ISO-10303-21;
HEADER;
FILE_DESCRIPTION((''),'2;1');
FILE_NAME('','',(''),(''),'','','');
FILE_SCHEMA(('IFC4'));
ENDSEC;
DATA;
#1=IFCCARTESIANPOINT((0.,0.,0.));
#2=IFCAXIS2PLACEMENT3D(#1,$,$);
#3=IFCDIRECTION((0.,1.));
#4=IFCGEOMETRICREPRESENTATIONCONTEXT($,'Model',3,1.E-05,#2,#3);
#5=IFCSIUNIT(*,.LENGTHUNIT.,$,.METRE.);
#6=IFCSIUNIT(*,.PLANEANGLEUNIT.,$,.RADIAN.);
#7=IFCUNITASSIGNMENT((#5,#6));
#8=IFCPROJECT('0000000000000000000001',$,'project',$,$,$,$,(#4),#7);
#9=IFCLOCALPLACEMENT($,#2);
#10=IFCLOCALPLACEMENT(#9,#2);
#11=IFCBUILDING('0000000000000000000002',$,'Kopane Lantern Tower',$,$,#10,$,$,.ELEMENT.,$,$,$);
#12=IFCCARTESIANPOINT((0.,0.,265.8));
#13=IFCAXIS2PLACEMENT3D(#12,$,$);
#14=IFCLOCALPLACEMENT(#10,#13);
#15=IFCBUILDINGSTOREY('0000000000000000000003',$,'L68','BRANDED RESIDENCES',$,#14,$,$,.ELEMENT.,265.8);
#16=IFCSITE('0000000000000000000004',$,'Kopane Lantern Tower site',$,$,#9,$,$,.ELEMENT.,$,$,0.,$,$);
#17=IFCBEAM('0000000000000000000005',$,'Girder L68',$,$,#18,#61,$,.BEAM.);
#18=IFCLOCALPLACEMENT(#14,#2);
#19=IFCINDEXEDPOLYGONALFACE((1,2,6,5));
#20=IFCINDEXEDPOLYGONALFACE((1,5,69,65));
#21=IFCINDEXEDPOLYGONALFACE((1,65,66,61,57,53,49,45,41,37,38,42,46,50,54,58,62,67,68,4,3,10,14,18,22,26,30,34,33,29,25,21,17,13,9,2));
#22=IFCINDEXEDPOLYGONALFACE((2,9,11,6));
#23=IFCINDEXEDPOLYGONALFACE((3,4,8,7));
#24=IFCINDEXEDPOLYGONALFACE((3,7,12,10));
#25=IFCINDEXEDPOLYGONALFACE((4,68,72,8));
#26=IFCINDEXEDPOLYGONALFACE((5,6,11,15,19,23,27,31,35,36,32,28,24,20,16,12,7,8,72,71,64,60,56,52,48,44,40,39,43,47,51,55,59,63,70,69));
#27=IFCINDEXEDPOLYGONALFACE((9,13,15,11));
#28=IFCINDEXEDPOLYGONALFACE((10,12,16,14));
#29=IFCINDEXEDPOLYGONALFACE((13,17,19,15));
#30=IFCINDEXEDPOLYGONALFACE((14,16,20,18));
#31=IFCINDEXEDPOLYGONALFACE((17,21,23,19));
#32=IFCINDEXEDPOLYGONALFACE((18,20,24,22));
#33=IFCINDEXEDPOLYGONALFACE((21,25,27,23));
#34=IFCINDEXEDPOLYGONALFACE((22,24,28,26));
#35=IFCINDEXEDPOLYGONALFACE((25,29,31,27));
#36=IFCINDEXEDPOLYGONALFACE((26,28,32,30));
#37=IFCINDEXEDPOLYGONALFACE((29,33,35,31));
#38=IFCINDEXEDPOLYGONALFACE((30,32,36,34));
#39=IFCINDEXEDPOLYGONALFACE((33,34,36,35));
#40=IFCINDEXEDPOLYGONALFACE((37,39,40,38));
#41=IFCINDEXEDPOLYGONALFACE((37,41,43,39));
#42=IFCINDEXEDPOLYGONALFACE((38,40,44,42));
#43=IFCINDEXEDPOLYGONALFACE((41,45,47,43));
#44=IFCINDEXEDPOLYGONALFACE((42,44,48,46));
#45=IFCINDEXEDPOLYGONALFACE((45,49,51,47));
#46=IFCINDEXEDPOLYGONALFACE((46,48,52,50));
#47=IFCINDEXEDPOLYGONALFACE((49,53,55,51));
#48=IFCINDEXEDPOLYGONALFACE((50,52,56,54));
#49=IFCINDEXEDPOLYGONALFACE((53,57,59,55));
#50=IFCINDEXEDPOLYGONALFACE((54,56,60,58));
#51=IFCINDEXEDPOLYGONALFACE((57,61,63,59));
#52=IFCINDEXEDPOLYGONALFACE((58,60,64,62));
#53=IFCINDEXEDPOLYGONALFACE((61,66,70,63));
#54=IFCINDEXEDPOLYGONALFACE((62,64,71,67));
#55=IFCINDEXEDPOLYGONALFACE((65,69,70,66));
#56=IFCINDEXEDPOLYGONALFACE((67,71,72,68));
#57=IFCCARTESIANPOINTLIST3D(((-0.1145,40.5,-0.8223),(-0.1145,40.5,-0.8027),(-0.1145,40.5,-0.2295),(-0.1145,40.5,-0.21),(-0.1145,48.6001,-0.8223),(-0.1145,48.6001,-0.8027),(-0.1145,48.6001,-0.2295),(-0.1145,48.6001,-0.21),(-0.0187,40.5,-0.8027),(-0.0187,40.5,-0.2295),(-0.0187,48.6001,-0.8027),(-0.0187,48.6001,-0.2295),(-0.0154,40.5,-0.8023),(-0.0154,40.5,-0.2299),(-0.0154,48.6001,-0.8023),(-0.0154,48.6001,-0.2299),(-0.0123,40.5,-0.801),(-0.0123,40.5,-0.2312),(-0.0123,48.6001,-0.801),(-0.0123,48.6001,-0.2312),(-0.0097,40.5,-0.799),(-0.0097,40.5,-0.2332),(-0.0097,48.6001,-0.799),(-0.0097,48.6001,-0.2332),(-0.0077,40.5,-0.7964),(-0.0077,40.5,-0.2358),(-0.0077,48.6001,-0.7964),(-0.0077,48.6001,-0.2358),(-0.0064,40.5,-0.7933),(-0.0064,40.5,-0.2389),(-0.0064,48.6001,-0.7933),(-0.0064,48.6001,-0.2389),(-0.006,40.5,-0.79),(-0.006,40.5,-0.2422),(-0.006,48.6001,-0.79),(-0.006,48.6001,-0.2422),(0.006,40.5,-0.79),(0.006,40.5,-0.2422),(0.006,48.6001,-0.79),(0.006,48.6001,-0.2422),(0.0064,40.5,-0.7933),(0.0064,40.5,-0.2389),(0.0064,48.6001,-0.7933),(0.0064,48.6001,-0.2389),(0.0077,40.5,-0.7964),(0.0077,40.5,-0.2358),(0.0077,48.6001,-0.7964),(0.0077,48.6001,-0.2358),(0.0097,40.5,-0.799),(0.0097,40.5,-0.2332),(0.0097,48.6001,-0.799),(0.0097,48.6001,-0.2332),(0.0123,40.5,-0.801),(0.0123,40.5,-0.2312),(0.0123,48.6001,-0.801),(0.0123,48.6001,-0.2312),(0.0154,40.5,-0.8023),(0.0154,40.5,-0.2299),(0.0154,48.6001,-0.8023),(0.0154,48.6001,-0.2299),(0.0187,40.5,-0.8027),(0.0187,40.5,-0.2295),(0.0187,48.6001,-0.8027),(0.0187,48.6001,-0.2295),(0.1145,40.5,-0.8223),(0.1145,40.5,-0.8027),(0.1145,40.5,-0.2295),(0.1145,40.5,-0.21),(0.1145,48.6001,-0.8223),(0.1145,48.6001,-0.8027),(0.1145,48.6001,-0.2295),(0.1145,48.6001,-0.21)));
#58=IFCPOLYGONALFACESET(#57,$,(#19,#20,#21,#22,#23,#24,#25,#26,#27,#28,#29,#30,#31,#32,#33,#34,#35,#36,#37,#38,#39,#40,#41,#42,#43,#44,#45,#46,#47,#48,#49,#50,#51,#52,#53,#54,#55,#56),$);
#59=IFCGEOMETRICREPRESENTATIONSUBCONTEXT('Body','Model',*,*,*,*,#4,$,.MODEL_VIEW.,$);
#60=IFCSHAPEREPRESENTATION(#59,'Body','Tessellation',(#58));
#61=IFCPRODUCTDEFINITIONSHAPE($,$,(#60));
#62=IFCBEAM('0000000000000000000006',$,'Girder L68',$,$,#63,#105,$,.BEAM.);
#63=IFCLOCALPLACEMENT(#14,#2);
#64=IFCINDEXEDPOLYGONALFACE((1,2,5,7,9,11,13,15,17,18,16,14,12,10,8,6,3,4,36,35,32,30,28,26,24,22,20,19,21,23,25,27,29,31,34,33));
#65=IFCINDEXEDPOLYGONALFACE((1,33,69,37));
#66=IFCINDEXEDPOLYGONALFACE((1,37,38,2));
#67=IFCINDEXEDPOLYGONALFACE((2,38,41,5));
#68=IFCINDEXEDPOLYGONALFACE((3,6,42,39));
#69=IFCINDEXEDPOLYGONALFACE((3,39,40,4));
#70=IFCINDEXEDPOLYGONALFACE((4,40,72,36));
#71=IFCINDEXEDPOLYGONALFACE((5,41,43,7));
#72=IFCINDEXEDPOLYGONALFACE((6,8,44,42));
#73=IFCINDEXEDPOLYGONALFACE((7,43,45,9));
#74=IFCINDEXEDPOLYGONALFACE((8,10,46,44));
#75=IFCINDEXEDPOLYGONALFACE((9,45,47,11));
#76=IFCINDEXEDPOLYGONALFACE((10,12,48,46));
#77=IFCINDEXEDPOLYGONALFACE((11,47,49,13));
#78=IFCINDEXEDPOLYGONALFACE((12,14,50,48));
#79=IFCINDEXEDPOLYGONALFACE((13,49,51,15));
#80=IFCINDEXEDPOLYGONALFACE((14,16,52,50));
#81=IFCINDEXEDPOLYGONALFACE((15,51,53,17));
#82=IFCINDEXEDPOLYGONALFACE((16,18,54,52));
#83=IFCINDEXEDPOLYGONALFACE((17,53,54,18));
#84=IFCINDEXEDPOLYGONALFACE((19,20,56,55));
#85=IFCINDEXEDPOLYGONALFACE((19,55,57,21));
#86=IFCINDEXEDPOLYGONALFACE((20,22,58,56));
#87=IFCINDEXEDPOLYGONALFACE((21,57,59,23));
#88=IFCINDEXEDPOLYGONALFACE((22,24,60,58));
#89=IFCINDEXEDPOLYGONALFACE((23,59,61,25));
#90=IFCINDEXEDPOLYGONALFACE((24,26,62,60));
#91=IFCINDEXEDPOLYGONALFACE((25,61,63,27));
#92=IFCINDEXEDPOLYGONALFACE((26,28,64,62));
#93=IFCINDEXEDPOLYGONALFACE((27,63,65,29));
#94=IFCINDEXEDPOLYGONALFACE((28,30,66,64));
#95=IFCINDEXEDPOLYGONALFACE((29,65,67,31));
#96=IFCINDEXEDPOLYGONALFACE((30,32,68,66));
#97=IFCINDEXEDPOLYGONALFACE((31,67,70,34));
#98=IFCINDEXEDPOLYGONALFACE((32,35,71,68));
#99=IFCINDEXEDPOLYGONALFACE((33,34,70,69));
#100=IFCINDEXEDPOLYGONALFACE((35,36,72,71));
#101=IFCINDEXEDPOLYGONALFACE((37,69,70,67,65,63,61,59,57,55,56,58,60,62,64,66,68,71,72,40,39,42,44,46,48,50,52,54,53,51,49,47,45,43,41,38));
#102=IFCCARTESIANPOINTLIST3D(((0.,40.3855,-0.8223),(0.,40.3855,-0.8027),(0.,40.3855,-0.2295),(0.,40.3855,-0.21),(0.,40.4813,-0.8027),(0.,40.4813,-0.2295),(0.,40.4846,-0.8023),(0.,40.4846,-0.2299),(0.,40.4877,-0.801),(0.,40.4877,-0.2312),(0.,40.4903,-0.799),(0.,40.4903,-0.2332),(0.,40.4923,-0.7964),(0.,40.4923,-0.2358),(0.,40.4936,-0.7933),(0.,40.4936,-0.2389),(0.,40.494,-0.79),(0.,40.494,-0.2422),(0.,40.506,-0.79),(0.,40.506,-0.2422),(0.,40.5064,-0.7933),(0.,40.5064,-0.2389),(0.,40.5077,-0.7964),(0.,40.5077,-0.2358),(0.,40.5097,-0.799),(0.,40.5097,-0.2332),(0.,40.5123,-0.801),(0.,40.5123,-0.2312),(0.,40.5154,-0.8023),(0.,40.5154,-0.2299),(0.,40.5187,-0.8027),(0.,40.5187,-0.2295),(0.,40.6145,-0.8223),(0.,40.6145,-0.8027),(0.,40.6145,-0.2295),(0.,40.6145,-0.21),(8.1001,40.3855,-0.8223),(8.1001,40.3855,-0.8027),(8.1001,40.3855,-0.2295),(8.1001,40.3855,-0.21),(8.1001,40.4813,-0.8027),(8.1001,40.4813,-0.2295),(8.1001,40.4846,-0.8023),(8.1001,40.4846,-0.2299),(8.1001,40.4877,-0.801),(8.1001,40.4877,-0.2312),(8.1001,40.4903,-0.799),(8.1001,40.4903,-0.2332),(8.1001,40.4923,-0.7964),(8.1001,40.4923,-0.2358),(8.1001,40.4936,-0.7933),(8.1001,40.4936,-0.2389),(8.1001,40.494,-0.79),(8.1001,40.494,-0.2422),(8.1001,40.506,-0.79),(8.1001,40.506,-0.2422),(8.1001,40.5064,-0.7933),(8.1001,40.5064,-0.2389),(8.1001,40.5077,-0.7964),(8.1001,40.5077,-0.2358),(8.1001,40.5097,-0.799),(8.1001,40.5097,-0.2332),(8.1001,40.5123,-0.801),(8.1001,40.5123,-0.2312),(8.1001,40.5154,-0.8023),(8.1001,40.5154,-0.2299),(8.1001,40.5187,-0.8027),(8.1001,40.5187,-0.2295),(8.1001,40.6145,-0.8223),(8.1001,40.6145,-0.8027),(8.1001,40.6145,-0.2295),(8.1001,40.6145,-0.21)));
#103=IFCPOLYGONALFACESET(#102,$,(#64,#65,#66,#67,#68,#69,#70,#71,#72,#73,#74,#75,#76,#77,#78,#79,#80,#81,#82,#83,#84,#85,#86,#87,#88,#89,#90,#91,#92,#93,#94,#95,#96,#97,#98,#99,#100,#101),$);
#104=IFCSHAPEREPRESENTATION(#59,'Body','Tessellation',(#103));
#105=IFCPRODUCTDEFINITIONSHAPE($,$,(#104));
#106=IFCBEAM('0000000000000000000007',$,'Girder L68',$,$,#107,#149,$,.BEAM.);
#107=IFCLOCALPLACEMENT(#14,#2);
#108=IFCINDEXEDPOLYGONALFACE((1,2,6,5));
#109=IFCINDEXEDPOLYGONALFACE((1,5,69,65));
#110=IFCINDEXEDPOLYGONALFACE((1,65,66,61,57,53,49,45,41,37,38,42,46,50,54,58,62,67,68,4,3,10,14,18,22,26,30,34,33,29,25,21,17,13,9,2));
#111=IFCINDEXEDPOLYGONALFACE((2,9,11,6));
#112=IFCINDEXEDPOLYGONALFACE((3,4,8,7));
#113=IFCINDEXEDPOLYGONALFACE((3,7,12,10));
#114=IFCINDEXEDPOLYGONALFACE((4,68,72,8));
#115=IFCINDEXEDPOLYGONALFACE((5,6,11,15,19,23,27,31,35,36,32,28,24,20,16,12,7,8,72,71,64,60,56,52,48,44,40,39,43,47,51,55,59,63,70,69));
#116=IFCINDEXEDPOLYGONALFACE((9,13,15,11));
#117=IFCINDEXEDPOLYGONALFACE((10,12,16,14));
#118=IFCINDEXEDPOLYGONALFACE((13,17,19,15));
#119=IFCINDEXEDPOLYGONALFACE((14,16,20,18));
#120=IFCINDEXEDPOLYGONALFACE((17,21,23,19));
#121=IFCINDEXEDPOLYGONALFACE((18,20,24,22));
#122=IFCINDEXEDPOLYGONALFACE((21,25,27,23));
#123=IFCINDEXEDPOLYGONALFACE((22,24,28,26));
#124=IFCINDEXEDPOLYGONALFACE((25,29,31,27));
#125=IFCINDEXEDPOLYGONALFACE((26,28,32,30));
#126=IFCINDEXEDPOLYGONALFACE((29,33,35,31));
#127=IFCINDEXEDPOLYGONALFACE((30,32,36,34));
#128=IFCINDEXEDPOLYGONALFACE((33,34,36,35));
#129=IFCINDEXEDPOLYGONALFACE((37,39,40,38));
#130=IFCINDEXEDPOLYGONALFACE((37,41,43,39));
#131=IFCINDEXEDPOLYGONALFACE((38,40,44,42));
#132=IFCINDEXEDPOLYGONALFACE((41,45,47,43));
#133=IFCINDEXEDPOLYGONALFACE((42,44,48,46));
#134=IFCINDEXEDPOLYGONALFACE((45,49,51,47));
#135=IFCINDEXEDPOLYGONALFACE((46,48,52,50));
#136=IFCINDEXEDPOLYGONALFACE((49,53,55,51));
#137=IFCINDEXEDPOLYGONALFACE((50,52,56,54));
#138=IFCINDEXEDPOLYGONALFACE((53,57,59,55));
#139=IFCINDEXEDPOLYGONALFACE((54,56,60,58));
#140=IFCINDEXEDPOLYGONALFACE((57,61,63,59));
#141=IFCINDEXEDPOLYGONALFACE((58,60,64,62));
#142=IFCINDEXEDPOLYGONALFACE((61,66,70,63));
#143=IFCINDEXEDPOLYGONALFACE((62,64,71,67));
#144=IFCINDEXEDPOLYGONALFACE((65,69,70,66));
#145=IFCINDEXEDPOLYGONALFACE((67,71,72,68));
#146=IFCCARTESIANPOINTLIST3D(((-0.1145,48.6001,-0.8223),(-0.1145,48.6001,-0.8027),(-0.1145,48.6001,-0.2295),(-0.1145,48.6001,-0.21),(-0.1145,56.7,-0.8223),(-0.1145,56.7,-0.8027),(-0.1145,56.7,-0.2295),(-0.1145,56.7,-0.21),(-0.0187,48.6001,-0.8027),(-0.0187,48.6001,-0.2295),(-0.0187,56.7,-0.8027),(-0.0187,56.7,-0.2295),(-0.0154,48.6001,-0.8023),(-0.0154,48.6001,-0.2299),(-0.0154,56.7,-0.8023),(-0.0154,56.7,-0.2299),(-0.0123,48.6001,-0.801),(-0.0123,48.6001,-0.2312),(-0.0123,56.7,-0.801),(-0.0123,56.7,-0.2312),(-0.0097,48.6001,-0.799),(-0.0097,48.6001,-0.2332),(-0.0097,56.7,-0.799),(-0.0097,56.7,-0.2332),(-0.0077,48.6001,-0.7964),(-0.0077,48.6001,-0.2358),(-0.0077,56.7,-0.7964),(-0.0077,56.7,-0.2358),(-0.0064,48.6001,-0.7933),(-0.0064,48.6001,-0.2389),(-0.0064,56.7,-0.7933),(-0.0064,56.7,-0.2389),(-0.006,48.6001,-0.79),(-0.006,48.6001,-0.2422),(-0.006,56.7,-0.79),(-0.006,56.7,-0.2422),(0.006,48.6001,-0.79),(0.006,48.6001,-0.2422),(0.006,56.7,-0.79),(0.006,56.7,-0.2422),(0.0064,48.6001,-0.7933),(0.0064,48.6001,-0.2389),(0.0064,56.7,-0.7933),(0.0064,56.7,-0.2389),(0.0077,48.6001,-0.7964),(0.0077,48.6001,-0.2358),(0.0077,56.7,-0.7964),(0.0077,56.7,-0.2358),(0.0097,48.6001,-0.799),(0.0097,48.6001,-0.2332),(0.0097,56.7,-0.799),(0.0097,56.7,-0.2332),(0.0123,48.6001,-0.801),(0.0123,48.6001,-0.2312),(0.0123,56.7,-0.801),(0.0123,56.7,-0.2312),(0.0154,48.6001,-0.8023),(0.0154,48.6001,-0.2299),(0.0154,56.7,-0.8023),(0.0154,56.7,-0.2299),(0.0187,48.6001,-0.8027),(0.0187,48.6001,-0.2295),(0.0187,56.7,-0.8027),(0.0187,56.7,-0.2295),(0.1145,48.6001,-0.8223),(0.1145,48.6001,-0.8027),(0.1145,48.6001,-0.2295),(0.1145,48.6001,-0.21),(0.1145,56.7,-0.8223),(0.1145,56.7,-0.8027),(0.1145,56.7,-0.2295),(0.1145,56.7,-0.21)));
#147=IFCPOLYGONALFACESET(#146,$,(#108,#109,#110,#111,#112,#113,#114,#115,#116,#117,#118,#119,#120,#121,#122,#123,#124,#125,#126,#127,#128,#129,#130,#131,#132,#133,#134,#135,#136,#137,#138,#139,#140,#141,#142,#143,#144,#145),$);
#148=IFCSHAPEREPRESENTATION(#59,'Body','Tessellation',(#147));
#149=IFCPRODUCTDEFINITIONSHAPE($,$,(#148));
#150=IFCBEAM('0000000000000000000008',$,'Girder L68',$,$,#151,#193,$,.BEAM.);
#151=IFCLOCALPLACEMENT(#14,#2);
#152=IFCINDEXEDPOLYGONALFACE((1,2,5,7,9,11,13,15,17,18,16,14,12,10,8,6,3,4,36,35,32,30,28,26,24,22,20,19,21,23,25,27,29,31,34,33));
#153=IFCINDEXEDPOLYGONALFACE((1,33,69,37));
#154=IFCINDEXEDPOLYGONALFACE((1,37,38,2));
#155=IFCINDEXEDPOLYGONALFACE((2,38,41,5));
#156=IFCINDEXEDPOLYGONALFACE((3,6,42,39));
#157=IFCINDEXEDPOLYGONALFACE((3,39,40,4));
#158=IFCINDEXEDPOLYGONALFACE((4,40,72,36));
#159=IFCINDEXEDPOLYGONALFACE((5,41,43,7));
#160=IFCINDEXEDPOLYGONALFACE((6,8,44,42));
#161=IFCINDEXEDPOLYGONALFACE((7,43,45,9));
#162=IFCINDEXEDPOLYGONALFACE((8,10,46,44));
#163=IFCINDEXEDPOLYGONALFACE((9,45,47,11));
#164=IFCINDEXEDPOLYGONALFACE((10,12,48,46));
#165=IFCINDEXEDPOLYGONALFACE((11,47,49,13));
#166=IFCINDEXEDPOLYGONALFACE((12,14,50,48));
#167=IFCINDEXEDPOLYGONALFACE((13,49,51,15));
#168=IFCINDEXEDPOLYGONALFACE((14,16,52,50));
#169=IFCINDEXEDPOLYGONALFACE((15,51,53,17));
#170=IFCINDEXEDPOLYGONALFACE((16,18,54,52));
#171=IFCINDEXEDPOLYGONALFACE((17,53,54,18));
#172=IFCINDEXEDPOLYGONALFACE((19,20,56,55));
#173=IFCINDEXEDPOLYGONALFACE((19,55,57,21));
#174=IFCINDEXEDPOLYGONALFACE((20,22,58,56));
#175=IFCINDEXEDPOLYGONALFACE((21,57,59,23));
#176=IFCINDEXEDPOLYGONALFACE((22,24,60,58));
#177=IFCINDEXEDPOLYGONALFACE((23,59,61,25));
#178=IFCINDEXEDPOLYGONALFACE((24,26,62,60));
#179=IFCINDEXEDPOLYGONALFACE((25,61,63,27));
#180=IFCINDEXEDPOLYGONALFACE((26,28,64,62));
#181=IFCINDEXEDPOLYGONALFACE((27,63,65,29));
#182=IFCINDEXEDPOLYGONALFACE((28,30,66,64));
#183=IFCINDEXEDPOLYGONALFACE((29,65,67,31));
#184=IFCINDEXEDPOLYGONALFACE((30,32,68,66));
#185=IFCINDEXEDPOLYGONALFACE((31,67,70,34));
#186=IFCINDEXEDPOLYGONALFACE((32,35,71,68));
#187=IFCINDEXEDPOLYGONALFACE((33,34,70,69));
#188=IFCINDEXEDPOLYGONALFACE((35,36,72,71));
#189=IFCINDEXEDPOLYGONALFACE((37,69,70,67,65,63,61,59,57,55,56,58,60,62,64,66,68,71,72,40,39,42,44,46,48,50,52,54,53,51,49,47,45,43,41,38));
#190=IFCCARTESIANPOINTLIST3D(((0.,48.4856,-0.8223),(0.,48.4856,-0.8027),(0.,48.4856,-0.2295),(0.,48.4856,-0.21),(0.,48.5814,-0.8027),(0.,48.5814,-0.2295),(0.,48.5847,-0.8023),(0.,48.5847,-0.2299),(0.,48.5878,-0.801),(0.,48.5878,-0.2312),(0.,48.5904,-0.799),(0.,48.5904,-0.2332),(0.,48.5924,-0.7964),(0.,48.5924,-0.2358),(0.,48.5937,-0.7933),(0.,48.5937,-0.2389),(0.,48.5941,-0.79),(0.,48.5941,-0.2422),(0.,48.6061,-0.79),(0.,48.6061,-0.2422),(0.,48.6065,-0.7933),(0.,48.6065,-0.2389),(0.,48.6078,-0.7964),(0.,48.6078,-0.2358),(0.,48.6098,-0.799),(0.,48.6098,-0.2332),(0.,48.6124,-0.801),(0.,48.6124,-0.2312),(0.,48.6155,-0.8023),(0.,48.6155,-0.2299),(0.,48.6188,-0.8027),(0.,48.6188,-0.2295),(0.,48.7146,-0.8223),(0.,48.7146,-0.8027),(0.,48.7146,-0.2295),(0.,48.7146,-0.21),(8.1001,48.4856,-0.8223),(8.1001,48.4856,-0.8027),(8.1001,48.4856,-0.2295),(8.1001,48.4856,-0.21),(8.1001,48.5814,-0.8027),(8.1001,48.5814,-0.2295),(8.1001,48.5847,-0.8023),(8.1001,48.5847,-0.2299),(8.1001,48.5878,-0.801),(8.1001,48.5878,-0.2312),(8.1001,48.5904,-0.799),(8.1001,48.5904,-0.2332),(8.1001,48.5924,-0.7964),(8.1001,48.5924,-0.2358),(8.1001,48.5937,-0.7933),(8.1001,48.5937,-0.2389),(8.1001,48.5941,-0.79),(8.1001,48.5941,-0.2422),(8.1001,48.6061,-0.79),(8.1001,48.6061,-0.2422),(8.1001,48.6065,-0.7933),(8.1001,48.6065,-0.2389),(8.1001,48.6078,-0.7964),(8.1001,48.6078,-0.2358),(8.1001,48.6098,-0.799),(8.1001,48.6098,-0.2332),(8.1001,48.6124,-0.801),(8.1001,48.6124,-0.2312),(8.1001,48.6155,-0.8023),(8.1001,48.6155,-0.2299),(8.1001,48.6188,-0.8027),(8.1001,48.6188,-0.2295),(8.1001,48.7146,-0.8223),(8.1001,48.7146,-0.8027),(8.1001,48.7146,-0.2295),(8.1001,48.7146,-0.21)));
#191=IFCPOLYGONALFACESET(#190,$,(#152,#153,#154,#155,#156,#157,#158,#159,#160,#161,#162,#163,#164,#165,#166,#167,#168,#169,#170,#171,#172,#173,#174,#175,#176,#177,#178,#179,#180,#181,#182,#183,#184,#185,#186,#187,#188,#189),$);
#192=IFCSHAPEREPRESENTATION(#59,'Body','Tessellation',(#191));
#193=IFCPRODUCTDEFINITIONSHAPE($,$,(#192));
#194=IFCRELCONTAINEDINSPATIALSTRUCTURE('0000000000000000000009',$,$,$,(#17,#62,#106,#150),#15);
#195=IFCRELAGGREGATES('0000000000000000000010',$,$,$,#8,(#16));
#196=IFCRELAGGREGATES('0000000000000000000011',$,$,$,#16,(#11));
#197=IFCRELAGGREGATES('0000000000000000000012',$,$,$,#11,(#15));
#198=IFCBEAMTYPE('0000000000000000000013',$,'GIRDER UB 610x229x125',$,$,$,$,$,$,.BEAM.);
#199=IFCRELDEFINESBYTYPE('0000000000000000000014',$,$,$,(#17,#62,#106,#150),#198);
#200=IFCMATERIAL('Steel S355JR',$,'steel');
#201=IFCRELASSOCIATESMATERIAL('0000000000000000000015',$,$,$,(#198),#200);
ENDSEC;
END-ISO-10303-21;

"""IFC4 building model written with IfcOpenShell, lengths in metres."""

from ifc_helpers import new_model, si_unit, direction, frame, origin, origin_2d, place, context, subcontext, project, spatial, i_section, extrude, material, material_profile, profile_set, type_object, element, save


model = new_model("IFC4")

# Units and contexts
model_context = context("Model", 3, precision=1e-05, world=origin(), true_north=direction((0.0, 1.0)))
body_context = subcontext(model_context, "Body", "Model", "MODEL_VIEW")
ifc_project = project(units=[si_unit("LENGTHUNIT", "METRE"), si_unit("PLANEANGLEUNIT", "RADIAN")], contexts=[model_context])

# Site, building, storey
site_placement = place(None, origin())
site = spatial("IfcSite", under=ifc_project, at=site_placement, Name="Kopane Lantern Tower site", CompositionType="ELEMENT", RefElevation=0.0)
building_placement = place(site_placement, origin())
building = spatial("IfcBuilding", under=site, at=building_placement, Name="Kopane Lantern Tower", CompositionType="ELEMENT")
storey_placement = place(building_placement, frame((0.0, 0.0, 265.8)))
storey = spatial("IfcBuildingStorey", under=building, at=storey_placement, Name="L68", Description="BRANDED RESIDENCES", CompositionType="ELEMENT", Elevation=265.8)

# Beams
ifc_material_1 = material(Name="Steel S355JR", Category="steel")
ifc_material_profile_1 = material_profile(ifc_material_1, i_section(OverallWidth=0.229, OverallDepth=0.6123, WebThickness=0.012, FlangeThickness=0.0195, FilletRadius=0.0127, at=origin_2d()), Name="UB 610x229x125")
ifc_profile_set_1 = profile_set([ifc_material_profile_1], Name="Steel S355JR")
beam_type = type_object("IfcBeamType", Name="GIRDER UB 610x229x125", PredefinedType="BEAM", material=ifc_profile_set_1)
for number, where, z_axis, x_axis, name in (
    (1, (0.0, 40.5, -0.5161), (0.0, 1.0, 0.0), (-1.0, 0.0, 0.0), "Girder L68"),
    (2, (0.0, 40.5, -0.5161), (1.0, 0.0, 0.0), (0.0, 1.0, 0.0), "Girder L68"),
):
    element("IfcBeam", number, at=place(storey_placement, frame(where, z_axis=z_axis, x_axis=x_axis)), inside=storey, type_object=beam_type, Name=name, PredefinedType="BEAM", context=body_context, shape_type="SweptSolid", body=[
        extrude(i_section(OverallWidth=0.229, OverallDepth=0.6123, WebThickness=0.012, FlangeThickness=0.0195, FilletRadius=0.0127, at=origin_2d()), origin(), (0.0, 0.0, 1.0), 8.1001),
    ])
beam_placement = place(storey_placement, frame((0.0, 48.6001, -0.5161), z_axis=(0.0, 1.0, 0.0), x_axis=(-1.0, 0.0, 0.0)))
element("IfcBeam", 3, at=beam_placement, inside=storey, type_object=beam_type, Name="Girder L68", PredefinedType="BEAM", context=body_context, shape_type="SweptSolid", body=[
    extrude(i_section(OverallWidth=0.229, OverallDepth=0.6123, WebThickness=0.012, FlangeThickness=0.0195, FilletRadius=0.0127, at=origin_2d()), origin(), (0.0, 0.0, 1.0), 8.0999),
])
for number, where, z_axis, x_axis, name in (
    (4, (0.0, 48.6001, -0.5161), (1.0, 0.0, 0.0), (0.0, 1.0, 0.0), "Girder L68"),
):
    element("IfcBeam", number, at=place(storey_placement, frame(where, z_axis=z_axis, x_axis=x_axis)), inside=storey, type_object=beam_type, Name=name, PredefinedType="BEAM", context=body_context, shape_type="SweptSolid", body=[
        extrude(i_section(OverallWidth=0.229, OverallDepth=0.6123, WebThickness=0.012, FlangeThickness=0.0195, FilletRadius=0.0127, at=origin_2d()), origin(), (0.0, 0.0, 1.0), 8.1001),
    ])

save(model, "model.ifc")
